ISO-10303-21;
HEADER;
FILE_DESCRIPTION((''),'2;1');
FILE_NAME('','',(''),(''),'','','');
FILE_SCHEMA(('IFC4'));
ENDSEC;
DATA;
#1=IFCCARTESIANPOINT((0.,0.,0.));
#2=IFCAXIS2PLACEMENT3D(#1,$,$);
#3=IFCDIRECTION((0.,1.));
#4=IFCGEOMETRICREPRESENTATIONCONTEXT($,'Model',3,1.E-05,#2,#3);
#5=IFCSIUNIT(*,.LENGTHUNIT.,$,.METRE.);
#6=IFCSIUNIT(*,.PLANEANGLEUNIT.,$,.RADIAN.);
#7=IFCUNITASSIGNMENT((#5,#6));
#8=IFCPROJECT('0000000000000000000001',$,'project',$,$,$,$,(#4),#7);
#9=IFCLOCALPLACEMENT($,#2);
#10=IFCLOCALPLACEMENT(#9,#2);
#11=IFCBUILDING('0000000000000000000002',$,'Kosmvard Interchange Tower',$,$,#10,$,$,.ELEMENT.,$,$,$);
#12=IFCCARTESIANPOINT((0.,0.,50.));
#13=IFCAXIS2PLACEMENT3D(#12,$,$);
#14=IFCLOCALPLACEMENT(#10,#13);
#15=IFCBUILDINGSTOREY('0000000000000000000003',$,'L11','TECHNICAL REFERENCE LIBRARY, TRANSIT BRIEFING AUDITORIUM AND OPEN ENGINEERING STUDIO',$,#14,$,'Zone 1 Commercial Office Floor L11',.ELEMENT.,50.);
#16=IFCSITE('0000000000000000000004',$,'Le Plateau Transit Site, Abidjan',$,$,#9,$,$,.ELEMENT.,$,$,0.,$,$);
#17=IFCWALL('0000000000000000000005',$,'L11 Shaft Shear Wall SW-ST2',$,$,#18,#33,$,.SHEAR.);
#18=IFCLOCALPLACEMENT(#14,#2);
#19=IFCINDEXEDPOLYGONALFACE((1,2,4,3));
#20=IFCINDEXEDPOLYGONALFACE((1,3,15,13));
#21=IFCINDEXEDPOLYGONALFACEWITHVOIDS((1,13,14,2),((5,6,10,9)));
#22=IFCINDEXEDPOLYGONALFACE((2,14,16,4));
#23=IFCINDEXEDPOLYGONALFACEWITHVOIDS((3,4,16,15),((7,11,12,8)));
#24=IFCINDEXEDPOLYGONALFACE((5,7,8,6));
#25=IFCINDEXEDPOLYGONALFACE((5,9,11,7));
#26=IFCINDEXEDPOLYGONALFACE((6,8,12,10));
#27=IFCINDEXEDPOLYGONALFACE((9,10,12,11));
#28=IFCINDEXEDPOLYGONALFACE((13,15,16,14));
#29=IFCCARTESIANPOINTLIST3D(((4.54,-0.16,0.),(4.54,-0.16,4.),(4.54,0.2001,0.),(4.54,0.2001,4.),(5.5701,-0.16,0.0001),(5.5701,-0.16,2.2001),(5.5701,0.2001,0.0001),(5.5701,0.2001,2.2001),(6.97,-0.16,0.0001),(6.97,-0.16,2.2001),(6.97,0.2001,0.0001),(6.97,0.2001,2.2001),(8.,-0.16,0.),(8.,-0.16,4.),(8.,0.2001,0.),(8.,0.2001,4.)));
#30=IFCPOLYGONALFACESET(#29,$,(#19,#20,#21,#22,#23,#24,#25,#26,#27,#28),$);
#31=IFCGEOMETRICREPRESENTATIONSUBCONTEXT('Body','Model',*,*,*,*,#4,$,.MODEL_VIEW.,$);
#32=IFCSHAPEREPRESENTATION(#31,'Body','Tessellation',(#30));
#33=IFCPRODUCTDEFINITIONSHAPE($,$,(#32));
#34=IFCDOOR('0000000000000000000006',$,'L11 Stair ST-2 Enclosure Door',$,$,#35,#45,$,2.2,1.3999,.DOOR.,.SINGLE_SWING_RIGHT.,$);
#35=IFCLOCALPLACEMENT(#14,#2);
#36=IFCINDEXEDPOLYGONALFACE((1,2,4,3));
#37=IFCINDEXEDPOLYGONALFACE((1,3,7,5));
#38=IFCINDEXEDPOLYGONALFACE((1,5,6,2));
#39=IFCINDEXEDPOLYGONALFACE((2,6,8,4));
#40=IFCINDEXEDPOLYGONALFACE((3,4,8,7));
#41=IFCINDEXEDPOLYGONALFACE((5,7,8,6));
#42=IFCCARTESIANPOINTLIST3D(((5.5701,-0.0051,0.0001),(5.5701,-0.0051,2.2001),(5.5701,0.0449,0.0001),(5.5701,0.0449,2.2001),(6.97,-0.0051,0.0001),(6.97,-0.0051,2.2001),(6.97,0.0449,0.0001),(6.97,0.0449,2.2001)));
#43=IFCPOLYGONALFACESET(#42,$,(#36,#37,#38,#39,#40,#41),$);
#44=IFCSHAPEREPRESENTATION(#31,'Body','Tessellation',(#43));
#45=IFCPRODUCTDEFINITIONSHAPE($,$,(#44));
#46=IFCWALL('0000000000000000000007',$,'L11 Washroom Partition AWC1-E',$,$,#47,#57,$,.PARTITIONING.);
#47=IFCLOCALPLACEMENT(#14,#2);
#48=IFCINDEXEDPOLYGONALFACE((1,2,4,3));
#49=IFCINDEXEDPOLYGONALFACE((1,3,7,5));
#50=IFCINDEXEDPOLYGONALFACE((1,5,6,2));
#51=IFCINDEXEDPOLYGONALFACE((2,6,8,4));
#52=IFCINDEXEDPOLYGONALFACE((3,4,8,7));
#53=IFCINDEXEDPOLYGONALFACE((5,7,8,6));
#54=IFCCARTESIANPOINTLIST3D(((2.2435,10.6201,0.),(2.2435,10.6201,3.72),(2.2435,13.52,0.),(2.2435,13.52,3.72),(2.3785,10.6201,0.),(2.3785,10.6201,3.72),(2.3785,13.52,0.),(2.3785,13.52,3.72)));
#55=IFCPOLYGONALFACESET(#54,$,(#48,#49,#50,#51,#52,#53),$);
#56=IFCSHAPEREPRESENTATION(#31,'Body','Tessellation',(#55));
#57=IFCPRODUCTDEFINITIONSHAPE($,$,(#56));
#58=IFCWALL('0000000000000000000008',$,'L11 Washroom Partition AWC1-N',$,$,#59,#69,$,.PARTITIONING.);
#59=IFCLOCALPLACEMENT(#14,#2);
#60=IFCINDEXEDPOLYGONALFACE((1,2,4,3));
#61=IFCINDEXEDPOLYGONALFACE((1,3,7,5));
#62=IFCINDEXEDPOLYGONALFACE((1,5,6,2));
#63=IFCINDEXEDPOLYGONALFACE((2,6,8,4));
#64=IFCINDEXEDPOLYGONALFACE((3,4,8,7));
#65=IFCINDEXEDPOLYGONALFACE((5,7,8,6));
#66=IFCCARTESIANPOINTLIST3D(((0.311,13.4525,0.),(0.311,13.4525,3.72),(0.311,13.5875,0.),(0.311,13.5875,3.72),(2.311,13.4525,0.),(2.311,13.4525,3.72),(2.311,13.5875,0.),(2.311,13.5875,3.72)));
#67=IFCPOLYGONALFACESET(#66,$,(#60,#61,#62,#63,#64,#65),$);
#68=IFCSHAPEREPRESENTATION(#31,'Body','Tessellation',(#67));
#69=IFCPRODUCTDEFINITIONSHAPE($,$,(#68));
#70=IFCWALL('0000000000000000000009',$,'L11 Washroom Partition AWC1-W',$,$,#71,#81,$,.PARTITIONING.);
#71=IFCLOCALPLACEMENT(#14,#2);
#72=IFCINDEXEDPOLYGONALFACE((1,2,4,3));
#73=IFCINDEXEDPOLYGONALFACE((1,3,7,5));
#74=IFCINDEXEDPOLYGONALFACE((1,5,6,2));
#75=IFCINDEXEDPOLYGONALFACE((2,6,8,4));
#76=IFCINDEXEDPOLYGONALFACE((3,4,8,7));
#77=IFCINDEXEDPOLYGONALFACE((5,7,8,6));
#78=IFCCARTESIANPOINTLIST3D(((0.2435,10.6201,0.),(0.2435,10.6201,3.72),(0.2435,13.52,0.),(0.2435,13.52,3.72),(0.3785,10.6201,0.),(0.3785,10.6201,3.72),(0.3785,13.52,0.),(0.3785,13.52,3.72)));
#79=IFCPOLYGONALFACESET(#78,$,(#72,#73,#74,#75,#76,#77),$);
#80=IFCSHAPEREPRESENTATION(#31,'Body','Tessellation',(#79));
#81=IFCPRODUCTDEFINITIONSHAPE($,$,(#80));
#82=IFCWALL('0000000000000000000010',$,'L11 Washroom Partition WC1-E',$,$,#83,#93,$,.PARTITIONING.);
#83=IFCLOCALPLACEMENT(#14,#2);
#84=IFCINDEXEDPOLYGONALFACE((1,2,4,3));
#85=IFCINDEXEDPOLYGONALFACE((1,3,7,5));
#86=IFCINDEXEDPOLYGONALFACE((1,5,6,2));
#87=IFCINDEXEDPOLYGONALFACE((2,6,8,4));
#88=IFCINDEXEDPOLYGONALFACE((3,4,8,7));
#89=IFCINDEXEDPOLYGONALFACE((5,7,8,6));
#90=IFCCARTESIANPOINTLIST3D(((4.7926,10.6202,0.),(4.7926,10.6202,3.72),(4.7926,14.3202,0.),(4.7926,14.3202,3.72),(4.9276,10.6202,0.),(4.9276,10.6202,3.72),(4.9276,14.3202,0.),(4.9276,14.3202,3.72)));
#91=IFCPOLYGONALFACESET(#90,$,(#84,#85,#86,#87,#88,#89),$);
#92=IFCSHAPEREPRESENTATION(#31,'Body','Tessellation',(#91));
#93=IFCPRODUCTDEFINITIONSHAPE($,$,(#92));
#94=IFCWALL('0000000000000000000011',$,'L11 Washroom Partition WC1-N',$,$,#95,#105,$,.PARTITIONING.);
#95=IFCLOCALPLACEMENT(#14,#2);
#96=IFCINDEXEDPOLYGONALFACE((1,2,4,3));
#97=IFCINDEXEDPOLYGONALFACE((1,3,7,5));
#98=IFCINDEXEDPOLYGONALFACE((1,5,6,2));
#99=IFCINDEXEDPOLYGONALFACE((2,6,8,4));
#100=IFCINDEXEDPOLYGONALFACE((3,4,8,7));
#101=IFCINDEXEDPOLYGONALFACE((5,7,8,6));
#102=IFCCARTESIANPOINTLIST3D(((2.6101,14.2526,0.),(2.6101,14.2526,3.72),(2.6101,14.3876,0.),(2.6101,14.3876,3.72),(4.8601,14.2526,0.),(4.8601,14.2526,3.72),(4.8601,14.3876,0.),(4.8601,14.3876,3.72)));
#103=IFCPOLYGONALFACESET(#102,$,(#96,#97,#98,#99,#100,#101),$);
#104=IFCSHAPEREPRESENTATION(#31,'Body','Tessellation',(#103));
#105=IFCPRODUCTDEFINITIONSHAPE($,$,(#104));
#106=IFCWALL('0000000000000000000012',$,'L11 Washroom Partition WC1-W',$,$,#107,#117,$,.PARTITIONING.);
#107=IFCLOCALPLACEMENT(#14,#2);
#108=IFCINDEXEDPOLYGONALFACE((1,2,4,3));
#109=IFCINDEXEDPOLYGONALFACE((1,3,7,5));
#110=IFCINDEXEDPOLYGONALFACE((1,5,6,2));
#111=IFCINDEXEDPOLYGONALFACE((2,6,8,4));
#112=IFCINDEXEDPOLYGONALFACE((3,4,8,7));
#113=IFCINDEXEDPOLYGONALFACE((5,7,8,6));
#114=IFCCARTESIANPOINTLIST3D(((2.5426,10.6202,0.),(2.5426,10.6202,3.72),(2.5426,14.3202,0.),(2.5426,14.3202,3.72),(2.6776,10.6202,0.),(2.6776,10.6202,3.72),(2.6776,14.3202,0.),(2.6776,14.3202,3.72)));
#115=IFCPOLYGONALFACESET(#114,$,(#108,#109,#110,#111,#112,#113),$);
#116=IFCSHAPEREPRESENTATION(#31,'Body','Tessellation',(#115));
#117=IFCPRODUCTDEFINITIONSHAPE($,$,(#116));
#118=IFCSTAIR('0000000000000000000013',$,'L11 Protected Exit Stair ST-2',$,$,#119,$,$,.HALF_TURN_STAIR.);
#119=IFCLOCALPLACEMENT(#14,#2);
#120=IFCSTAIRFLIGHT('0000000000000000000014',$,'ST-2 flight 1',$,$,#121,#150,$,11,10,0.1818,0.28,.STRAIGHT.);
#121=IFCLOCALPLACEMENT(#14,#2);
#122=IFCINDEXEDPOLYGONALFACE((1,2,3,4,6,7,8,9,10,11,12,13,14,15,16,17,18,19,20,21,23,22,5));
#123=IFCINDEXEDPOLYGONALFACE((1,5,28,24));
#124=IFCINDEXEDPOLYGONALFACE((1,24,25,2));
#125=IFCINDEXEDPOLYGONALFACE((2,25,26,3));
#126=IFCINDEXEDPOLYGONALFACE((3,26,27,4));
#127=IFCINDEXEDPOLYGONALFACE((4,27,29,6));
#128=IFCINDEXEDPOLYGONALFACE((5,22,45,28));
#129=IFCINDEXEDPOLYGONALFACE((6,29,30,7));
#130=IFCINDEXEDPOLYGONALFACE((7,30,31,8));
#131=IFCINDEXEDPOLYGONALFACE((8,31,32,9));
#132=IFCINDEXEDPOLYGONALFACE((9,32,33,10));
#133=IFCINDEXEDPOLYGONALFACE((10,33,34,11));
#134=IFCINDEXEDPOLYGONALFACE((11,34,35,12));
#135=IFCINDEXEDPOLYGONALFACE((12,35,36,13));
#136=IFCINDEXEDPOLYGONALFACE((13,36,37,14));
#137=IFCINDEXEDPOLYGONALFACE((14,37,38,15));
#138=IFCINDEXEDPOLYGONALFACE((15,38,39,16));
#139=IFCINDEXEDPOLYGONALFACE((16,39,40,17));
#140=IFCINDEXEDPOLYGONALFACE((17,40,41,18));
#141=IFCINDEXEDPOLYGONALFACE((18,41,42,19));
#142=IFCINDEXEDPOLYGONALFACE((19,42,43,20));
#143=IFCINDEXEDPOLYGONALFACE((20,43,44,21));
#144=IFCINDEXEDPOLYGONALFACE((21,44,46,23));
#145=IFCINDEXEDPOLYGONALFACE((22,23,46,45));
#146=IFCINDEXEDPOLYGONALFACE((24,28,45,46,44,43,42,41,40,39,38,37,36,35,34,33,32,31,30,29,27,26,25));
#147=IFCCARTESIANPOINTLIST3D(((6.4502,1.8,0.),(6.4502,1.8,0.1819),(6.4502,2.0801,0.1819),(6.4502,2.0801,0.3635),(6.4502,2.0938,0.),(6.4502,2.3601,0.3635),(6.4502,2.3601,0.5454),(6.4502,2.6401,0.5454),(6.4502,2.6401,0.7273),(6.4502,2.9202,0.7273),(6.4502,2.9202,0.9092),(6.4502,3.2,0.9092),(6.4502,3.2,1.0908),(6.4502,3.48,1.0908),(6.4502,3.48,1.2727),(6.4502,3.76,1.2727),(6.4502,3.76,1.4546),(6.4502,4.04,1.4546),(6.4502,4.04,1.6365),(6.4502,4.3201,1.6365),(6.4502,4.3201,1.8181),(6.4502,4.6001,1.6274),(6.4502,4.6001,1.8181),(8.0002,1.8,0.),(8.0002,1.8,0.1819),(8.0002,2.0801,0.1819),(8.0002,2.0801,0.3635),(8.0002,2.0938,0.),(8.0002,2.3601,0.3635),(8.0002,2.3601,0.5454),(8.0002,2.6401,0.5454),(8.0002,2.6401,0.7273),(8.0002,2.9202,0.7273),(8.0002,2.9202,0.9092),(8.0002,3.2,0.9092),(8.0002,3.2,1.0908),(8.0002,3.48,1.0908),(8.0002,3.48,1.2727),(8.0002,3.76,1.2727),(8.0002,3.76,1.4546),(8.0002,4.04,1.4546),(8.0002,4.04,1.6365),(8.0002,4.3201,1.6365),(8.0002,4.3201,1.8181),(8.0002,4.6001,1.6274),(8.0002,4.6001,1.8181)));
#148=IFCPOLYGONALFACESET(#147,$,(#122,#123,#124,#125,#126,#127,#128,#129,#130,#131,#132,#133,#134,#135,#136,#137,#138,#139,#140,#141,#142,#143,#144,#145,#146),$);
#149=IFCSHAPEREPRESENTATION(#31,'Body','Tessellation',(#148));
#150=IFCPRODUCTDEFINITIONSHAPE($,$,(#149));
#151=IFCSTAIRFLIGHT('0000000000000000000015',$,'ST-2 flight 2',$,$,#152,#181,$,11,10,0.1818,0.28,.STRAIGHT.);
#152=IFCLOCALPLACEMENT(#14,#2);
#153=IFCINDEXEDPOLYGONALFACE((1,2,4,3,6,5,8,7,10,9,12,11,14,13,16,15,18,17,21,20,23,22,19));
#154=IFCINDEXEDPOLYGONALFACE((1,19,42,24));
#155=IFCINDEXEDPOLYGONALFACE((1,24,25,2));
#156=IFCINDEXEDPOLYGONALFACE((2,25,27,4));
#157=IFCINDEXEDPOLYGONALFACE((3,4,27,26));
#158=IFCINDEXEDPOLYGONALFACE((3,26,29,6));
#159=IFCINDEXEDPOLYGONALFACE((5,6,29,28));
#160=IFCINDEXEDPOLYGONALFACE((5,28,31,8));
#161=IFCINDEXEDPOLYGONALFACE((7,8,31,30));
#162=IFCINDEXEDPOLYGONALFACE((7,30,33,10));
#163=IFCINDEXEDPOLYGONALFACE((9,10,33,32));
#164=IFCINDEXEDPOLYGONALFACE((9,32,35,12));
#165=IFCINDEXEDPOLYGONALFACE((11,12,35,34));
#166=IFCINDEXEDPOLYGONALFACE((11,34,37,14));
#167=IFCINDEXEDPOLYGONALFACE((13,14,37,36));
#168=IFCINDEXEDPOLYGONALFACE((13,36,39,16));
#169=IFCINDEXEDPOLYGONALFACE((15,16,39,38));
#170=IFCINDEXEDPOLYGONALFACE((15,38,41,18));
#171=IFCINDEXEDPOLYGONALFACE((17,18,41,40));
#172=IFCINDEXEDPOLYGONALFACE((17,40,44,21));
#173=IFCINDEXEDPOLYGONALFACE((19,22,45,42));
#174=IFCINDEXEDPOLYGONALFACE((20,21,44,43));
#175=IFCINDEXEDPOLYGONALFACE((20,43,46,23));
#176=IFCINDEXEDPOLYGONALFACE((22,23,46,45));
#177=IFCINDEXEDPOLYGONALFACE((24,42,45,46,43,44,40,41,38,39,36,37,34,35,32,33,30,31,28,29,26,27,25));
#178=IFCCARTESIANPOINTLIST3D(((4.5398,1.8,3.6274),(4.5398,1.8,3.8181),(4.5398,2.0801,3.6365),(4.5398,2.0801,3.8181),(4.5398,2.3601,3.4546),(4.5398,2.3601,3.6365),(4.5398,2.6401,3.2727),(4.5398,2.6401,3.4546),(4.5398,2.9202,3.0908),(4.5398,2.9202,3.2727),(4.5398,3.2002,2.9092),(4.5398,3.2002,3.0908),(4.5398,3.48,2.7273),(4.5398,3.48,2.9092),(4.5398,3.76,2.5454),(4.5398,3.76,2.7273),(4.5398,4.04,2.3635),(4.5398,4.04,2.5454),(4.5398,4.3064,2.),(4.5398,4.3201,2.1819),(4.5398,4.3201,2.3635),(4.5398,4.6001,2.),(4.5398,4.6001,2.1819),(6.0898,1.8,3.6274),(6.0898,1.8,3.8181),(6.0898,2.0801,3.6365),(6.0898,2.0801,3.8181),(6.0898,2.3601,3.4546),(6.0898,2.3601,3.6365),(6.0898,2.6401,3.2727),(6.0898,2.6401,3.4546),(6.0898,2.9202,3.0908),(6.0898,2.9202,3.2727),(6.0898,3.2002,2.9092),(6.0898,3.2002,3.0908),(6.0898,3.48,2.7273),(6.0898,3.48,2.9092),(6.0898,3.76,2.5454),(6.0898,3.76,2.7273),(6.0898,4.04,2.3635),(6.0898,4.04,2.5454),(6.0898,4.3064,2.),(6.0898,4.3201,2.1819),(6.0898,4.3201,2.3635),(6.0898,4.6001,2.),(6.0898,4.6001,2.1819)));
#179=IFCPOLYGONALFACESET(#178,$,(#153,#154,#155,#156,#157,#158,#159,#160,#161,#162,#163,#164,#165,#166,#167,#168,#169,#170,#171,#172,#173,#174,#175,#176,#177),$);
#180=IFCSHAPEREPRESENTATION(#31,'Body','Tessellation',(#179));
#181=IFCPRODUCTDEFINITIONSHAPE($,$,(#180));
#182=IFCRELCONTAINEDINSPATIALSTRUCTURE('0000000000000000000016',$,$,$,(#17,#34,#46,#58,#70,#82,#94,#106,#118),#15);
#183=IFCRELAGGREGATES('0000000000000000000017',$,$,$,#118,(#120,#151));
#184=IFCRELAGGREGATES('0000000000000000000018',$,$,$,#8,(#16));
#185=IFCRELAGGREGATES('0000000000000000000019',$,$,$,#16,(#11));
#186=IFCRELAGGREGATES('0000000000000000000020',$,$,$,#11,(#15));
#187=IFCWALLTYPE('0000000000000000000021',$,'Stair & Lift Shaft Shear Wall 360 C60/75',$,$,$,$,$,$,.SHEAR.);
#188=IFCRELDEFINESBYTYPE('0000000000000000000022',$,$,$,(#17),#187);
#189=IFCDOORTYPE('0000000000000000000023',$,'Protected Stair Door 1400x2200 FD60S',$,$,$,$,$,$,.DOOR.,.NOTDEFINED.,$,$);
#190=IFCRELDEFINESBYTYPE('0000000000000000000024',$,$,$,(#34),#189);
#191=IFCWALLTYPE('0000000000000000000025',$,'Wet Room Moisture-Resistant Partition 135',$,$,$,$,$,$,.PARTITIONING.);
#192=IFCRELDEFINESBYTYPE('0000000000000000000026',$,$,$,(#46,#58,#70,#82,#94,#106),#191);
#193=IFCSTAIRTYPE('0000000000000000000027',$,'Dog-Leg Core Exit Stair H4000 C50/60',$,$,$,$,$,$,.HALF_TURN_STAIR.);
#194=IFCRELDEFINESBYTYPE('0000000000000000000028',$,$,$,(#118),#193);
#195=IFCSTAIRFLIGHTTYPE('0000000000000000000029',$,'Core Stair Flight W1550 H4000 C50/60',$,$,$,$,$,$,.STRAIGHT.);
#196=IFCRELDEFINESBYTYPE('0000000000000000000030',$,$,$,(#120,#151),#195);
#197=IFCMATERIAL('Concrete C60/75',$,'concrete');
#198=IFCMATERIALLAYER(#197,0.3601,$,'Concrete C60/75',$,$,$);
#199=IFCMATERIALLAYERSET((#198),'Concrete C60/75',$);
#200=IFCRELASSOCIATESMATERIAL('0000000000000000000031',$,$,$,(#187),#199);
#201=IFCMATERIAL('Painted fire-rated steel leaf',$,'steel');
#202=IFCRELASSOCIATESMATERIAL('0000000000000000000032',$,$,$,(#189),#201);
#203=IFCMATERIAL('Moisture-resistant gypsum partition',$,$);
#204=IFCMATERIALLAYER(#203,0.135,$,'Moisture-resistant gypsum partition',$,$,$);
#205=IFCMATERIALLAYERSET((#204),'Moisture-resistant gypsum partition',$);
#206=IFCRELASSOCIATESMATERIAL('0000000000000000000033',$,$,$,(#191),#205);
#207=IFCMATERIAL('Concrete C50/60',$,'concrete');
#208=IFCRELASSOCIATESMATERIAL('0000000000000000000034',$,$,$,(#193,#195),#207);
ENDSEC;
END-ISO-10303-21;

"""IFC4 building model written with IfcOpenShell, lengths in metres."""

from ifc_helpers import new_model, si_unit, direction, frame, frame_2d, origin, place, context, subcontext, project, spatial, polyline, rectangle, outline, extrude, source, transform, mapped, material, layer, layer_set, type_object, element, fill, aggregate, save


model = new_model("IFC4")

# Units and contexts
model_context = context("Model", 3, precision=1e-05, world=origin(), true_north=direction((0.0, 1.0)))
body_context = subcontext(model_context, "Body", "Model", "MODEL_VIEW")
ifc_project = project(units=[si_unit("LENGTHUNIT", "METRE"), si_unit("PLANEANGLEUNIT", "RADIAN")], contexts=[model_context])

# Site, building, storey
site_placement = place(None, origin())
site = spatial("IfcSite", under=ifc_project, at=site_placement, Name="Le Plateau Transit Site, Abidjan", CompositionType="ELEMENT", RefElevation=0.0)
building_placement = place(site_placement, origin())
building = spatial("IfcBuilding", under=site, at=building_placement, Name="Kosmvard Interchange Tower", CompositionType="ELEMENT")
storey_placement = place(building_placement, frame((0.0, 0.0, 50.0)))
storey = spatial("IfcBuildingStorey", under=building, at=storey_placement, Name="L11", Description="TECHNICAL REFERENCE LIBRARY, TRANSIT BRIEFING AUDITORIUM AND OPEN ENGINEERING STUDIO", LongName="Zone 1 Commercial Office Floor L11", CompositionType="ELEMENT", Elevation=50.0)

# Shared definitions
ifc_material_1 = material(Name="Concrete C60/75", Category="concrete")

# Wall, opening, door
ifc_layer_1 = layer(ifc_material_1, 0.3601, Name="Concrete C60/75")
ifc_layer_set_1 = layer_set([ifc_layer_1], Name="Concrete C60/75")
wall_type_1 = type_object("IfcWallType", Name="Stair & Lift Shaft Shear Wall 360 C60/75", PredefinedType="SHEAR", material=ifc_layer_set_1)
wall_1_placement = place(storey_placement, frame((4.54, 0.02, 0.0), z_axis=(0.0, 0.0, 1.0), x_axis=(1.0, 0.0, 0.0)))
wall_1 = element("IfcWall", 1, at=wall_1_placement, inside=storey, type_object=wall_type_1, Name="L11 Shaft Shear Wall SW-ST2", PredefinedType="SHEAR", context=body_context, shape_type="SweptSolid", body=[
    extrude(rectangle(XDim=3.46, YDim=0.3601, at=frame_2d((1.73, 0.0))), origin(), (0.0, 0.0, 1.0), 4.0),
])
opening_placement = place(wall_1_placement, frame((1.03, 0.0, 0.0)))
opening = element("IfcOpeningElement", 2, at=opening_placement, cuts=wall_1, PredefinedType="OPENING", context=body_context, shape_type="SweptSolid", body=[
    extrude(rectangle(XDim=1.3999, YDim=2.2, at=frame_2d((0.7, 1.1001))), frame((0.0, 0.1899, 0.0), z_axis=(0.0, -1.0, 0.0), x_axis=(1.0, 0.0, 0.0)), (0.0, 0.0, 1.0), 0.3801),
])
ifc_material_2 = material(Name="Painted fire-rated steel leaf", Category="steel")
door_type = type_object("IfcDoorType", Name="Protected Stair Door 1400x2200 FD60S", OperationType="NOTDEFINED", PredefinedType="DOOR", material=ifc_material_2)
shared_shape_1 = source(origin(), body_context, "Body", "SweptSolid", [
    extrude(rectangle(XDim=1.3999, YDim=2.2, at=frame_2d((0.7, 1.1001))), frame((0.0, 0.0249, 0.0), z_axis=(0.0, -1.0, 0.0), x_axis=(1.0, 0.0, 0.0)), (0.0, 0.0, 1.0), 0.05),
])
door_placement = place(opening_placement, origin())
door = element("IfcDoor", 3, at=door_placement, inside=storey, type_object=door_type, Name="L11 Stair ST-2 Enclosure Door", OperationType="SINGLE_SWING_RIGHT", OverallHeight=2.2, OverallWidth=1.3999, PredefinedType="DOOR", context=body_context, shape_type="MappedRepresentation", body=[
    mapped(shared_shape_1, transform((0.0, 0.0, 0.0), scale=1.0)),
])
fill(opening, door)

# Walls
ifc_material_3 = material(Name="Moisture-resistant gypsum partition")
ifc_layer_2 = layer(ifc_material_3, 0.135, Name="Moisture-resistant gypsum partition")
ifc_layer_set_2 = layer_set([ifc_layer_2], Name="Moisture-resistant gypsum partition")
wall_type_2 = type_object("IfcWallType", Name="Wet Room Moisture-Resistant Partition 135", PredefinedType="PARTITIONING", material=ifc_layer_set_2)
wall_2_placement = place(storey_placement, frame((2.311, 10.6201, 0.0), z_axis=(0.0, 0.0, 1.0), x_axis=(0.0, 1.0, 0.0)))
element("IfcWall", 4, at=wall_2_placement, inside=storey, type_object=wall_type_2, Name="L11 Washroom Partition AWC1-E", PredefinedType="PARTITIONING", context=body_context, shape_type="SweptSolid", body=[
    extrude(rectangle(XDim=2.8999, YDim=0.135, at=frame_2d((1.45, 0.0))), origin(), (0.0, 0.0, 1.0), 3.72),
])
wall_3_placement = place(storey_placement, frame((0.311, 13.52, 0.0), z_axis=(0.0, 0.0, 1.0), x_axis=(1.0, 0.0, 0.0)))
element("IfcWall", 5, at=wall_3_placement, inside=storey, type_object=wall_type_2, Name="L11 Washroom Partition AWC1-N", PredefinedType="PARTITIONING", context=body_context, shape_type="SweptSolid", body=[
    extrude(rectangle(XDim=2.0, YDim=0.135, at=frame_2d((1.0, 0.0))), origin(), (0.0, 0.0, 1.0), 3.72),
])
wall_4_placement = place(storey_placement, frame((0.311, 10.6201, 0.0), z_axis=(0.0, 0.0, 1.0), x_axis=(0.0, 1.0, 0.0)))
element("IfcWall", 6, at=wall_4_placement, inside=storey, type_object=wall_type_2, Name="L11 Washroom Partition AWC1-W", PredefinedType="PARTITIONING", context=body_context, shape_type="SweptSolid", body=[
    extrude(rectangle(XDim=2.8999, YDim=0.135, at=frame_2d((1.45, 0.0))), origin(), (0.0, 0.0, 1.0), 3.72),
])
wall_5_placement = place(storey_placement, frame((4.8601, 10.6201, 0.0), z_axis=(0.0, 0.0, 1.0), x_axis=(0.0, 1.0, 0.0)))
element("IfcWall", 7, at=wall_5_placement, inside=storey, type_object=wall_type_2, Name="L11 Washroom Partition WC1-E", PredefinedType="PARTITIONING", context=body_context, shape_type="SweptSolid", body=[
    extrude(rectangle(XDim=3.7, YDim=0.135, at=frame_2d((1.8501, 0.0))), origin(), (0.0, 0.0, 1.0), 3.72),
])
wall_6_placement = place(storey_placement, frame((2.6101, 14.3201, 0.0), z_axis=(0.0, 0.0, 1.0), x_axis=(1.0, 0.0, 0.0)))
element("IfcWall", 8, at=wall_6_placement, inside=storey, type_object=wall_type_2, Name="L11 Washroom Partition WC1-N", PredefinedType="PARTITIONING", context=body_context, shape_type="SweptSolid", body=[
    extrude(rectangle(XDim=2.25, YDim=0.135, at=frame_2d((1.125, 0.0))), origin(), (0.0, 0.0, 1.0), 3.72),
])
wall_7_placement = place(storey_placement, frame((2.6101, 10.6201, 0.0), z_axis=(0.0, 0.0, 1.0), x_axis=(0.0, 1.0, 0.0)))
element("IfcWall", 9, at=wall_7_placement, inside=storey, type_object=wall_type_2, Name="L11 Washroom Partition WC1-W", PredefinedType="PARTITIONING", context=body_context, shape_type="SweptSolid", body=[
    extrude(rectangle(XDim=3.7, YDim=0.135, at=frame_2d((1.8501, 0.0))), origin(), (0.0, 0.0, 1.0), 3.72),
])

# Stair, stair flights
ifc_material_4 = material(Name="Concrete C50/60", Category="concrete")
stair_type = type_object("IfcStairType", Name="Dog-Leg Core Exit Stair H4000 C50/60", PredefinedType="HALF_TURN_STAIR", material=ifc_material_4)
stair_placement = place(storey_placement, origin())
stair = element("IfcStair", 10, at=stair_placement, inside=storey, type_object=stair_type, Name="L11 Protected Exit Stair ST-2", PredefinedType="HALF_TURN_STAIR")
stair_flight_type = type_object("IfcStairFlightType", Name="Core Stair Flight W1550 H4000 C50/60", PredefinedType="STRAIGHT", material=ifc_material_4)
shared_shape_2 = source(origin(), body_context, "Body", "SweptSolid", [
    extrude(outline(polyline([(0.0, 0.0), (0.0, 0.1819), (0.28, 0.1819), (0.28, 0.3635), (0.5601, 0.3635), (0.5601, 0.5454), (0.8401, 0.5454), (0.8401, 0.7273), (1.1201, 0.7273), (1.1201, 0.9092), (1.3999, 0.9092), (1.3999, 1.0908), (1.6799, 1.0908), (1.6799, 1.2727), (1.96, 1.2727), (1.96, 1.4546), (2.24, 1.4546), (2.24, 1.6365), (2.52, 1.6365), (2.52, 1.8181), (2.8, 1.8181), (2.8, 2.0), (2.8, 1.6274), (0.2937, 0.0), (0.0, 0.0)])), frame((0.0, 0.7749, 0.0), z_axis=(0.0, -1.0, 0.0), x_axis=(1.0, 0.0, 0.0)), (0.0, 0.0, 1.0), 1.55),
])
stair_flight_1_placement = place(storey_placement, frame((7.2251, 1.8, 0.0), z_axis=(0.0, 0.0, 1.0), x_axis=(0.0, 1.0, 0.0)))
stair_flight_1 = element("IfcStairFlight", 11, at=stair_flight_1_placement, type_object=stair_flight_type, Name="ST-2 flight 1", NumberOfRisers=11, NumberOfTreads=10, PredefinedType="STRAIGHT", RiserHeight=0.1818, TreadLength=0.28, context=body_context, shape_type="MappedRepresentation", body=[
    mapped(shared_shape_2, transform((0.0, 0.0, 0.0), scale=1.0)),
])
stair_flight_2_placement = place(storey_placement, frame((5.3149, 4.6001, 2.0), z_axis=(0.0, 0.0, 1.0), x_axis=(0.0, -1.0, 0.0)))
stair_flight_2 = element("IfcStairFlight", 12, at=stair_flight_2_placement, type_object=stair_flight_type, Name="ST-2 flight 2", NumberOfRisers=11, NumberOfTreads=10, PredefinedType="STRAIGHT", RiserHeight=0.1818, TreadLength=0.28, context=body_context, shape_type="MappedRepresentation", body=[
    mapped(shared_shape_2, transform((0.0, 0.0, 0.0), scale=1.0)),
])
aggregate(stair, [stair_flight_1, stair_flight_2])

save(model, "model.ifc")
